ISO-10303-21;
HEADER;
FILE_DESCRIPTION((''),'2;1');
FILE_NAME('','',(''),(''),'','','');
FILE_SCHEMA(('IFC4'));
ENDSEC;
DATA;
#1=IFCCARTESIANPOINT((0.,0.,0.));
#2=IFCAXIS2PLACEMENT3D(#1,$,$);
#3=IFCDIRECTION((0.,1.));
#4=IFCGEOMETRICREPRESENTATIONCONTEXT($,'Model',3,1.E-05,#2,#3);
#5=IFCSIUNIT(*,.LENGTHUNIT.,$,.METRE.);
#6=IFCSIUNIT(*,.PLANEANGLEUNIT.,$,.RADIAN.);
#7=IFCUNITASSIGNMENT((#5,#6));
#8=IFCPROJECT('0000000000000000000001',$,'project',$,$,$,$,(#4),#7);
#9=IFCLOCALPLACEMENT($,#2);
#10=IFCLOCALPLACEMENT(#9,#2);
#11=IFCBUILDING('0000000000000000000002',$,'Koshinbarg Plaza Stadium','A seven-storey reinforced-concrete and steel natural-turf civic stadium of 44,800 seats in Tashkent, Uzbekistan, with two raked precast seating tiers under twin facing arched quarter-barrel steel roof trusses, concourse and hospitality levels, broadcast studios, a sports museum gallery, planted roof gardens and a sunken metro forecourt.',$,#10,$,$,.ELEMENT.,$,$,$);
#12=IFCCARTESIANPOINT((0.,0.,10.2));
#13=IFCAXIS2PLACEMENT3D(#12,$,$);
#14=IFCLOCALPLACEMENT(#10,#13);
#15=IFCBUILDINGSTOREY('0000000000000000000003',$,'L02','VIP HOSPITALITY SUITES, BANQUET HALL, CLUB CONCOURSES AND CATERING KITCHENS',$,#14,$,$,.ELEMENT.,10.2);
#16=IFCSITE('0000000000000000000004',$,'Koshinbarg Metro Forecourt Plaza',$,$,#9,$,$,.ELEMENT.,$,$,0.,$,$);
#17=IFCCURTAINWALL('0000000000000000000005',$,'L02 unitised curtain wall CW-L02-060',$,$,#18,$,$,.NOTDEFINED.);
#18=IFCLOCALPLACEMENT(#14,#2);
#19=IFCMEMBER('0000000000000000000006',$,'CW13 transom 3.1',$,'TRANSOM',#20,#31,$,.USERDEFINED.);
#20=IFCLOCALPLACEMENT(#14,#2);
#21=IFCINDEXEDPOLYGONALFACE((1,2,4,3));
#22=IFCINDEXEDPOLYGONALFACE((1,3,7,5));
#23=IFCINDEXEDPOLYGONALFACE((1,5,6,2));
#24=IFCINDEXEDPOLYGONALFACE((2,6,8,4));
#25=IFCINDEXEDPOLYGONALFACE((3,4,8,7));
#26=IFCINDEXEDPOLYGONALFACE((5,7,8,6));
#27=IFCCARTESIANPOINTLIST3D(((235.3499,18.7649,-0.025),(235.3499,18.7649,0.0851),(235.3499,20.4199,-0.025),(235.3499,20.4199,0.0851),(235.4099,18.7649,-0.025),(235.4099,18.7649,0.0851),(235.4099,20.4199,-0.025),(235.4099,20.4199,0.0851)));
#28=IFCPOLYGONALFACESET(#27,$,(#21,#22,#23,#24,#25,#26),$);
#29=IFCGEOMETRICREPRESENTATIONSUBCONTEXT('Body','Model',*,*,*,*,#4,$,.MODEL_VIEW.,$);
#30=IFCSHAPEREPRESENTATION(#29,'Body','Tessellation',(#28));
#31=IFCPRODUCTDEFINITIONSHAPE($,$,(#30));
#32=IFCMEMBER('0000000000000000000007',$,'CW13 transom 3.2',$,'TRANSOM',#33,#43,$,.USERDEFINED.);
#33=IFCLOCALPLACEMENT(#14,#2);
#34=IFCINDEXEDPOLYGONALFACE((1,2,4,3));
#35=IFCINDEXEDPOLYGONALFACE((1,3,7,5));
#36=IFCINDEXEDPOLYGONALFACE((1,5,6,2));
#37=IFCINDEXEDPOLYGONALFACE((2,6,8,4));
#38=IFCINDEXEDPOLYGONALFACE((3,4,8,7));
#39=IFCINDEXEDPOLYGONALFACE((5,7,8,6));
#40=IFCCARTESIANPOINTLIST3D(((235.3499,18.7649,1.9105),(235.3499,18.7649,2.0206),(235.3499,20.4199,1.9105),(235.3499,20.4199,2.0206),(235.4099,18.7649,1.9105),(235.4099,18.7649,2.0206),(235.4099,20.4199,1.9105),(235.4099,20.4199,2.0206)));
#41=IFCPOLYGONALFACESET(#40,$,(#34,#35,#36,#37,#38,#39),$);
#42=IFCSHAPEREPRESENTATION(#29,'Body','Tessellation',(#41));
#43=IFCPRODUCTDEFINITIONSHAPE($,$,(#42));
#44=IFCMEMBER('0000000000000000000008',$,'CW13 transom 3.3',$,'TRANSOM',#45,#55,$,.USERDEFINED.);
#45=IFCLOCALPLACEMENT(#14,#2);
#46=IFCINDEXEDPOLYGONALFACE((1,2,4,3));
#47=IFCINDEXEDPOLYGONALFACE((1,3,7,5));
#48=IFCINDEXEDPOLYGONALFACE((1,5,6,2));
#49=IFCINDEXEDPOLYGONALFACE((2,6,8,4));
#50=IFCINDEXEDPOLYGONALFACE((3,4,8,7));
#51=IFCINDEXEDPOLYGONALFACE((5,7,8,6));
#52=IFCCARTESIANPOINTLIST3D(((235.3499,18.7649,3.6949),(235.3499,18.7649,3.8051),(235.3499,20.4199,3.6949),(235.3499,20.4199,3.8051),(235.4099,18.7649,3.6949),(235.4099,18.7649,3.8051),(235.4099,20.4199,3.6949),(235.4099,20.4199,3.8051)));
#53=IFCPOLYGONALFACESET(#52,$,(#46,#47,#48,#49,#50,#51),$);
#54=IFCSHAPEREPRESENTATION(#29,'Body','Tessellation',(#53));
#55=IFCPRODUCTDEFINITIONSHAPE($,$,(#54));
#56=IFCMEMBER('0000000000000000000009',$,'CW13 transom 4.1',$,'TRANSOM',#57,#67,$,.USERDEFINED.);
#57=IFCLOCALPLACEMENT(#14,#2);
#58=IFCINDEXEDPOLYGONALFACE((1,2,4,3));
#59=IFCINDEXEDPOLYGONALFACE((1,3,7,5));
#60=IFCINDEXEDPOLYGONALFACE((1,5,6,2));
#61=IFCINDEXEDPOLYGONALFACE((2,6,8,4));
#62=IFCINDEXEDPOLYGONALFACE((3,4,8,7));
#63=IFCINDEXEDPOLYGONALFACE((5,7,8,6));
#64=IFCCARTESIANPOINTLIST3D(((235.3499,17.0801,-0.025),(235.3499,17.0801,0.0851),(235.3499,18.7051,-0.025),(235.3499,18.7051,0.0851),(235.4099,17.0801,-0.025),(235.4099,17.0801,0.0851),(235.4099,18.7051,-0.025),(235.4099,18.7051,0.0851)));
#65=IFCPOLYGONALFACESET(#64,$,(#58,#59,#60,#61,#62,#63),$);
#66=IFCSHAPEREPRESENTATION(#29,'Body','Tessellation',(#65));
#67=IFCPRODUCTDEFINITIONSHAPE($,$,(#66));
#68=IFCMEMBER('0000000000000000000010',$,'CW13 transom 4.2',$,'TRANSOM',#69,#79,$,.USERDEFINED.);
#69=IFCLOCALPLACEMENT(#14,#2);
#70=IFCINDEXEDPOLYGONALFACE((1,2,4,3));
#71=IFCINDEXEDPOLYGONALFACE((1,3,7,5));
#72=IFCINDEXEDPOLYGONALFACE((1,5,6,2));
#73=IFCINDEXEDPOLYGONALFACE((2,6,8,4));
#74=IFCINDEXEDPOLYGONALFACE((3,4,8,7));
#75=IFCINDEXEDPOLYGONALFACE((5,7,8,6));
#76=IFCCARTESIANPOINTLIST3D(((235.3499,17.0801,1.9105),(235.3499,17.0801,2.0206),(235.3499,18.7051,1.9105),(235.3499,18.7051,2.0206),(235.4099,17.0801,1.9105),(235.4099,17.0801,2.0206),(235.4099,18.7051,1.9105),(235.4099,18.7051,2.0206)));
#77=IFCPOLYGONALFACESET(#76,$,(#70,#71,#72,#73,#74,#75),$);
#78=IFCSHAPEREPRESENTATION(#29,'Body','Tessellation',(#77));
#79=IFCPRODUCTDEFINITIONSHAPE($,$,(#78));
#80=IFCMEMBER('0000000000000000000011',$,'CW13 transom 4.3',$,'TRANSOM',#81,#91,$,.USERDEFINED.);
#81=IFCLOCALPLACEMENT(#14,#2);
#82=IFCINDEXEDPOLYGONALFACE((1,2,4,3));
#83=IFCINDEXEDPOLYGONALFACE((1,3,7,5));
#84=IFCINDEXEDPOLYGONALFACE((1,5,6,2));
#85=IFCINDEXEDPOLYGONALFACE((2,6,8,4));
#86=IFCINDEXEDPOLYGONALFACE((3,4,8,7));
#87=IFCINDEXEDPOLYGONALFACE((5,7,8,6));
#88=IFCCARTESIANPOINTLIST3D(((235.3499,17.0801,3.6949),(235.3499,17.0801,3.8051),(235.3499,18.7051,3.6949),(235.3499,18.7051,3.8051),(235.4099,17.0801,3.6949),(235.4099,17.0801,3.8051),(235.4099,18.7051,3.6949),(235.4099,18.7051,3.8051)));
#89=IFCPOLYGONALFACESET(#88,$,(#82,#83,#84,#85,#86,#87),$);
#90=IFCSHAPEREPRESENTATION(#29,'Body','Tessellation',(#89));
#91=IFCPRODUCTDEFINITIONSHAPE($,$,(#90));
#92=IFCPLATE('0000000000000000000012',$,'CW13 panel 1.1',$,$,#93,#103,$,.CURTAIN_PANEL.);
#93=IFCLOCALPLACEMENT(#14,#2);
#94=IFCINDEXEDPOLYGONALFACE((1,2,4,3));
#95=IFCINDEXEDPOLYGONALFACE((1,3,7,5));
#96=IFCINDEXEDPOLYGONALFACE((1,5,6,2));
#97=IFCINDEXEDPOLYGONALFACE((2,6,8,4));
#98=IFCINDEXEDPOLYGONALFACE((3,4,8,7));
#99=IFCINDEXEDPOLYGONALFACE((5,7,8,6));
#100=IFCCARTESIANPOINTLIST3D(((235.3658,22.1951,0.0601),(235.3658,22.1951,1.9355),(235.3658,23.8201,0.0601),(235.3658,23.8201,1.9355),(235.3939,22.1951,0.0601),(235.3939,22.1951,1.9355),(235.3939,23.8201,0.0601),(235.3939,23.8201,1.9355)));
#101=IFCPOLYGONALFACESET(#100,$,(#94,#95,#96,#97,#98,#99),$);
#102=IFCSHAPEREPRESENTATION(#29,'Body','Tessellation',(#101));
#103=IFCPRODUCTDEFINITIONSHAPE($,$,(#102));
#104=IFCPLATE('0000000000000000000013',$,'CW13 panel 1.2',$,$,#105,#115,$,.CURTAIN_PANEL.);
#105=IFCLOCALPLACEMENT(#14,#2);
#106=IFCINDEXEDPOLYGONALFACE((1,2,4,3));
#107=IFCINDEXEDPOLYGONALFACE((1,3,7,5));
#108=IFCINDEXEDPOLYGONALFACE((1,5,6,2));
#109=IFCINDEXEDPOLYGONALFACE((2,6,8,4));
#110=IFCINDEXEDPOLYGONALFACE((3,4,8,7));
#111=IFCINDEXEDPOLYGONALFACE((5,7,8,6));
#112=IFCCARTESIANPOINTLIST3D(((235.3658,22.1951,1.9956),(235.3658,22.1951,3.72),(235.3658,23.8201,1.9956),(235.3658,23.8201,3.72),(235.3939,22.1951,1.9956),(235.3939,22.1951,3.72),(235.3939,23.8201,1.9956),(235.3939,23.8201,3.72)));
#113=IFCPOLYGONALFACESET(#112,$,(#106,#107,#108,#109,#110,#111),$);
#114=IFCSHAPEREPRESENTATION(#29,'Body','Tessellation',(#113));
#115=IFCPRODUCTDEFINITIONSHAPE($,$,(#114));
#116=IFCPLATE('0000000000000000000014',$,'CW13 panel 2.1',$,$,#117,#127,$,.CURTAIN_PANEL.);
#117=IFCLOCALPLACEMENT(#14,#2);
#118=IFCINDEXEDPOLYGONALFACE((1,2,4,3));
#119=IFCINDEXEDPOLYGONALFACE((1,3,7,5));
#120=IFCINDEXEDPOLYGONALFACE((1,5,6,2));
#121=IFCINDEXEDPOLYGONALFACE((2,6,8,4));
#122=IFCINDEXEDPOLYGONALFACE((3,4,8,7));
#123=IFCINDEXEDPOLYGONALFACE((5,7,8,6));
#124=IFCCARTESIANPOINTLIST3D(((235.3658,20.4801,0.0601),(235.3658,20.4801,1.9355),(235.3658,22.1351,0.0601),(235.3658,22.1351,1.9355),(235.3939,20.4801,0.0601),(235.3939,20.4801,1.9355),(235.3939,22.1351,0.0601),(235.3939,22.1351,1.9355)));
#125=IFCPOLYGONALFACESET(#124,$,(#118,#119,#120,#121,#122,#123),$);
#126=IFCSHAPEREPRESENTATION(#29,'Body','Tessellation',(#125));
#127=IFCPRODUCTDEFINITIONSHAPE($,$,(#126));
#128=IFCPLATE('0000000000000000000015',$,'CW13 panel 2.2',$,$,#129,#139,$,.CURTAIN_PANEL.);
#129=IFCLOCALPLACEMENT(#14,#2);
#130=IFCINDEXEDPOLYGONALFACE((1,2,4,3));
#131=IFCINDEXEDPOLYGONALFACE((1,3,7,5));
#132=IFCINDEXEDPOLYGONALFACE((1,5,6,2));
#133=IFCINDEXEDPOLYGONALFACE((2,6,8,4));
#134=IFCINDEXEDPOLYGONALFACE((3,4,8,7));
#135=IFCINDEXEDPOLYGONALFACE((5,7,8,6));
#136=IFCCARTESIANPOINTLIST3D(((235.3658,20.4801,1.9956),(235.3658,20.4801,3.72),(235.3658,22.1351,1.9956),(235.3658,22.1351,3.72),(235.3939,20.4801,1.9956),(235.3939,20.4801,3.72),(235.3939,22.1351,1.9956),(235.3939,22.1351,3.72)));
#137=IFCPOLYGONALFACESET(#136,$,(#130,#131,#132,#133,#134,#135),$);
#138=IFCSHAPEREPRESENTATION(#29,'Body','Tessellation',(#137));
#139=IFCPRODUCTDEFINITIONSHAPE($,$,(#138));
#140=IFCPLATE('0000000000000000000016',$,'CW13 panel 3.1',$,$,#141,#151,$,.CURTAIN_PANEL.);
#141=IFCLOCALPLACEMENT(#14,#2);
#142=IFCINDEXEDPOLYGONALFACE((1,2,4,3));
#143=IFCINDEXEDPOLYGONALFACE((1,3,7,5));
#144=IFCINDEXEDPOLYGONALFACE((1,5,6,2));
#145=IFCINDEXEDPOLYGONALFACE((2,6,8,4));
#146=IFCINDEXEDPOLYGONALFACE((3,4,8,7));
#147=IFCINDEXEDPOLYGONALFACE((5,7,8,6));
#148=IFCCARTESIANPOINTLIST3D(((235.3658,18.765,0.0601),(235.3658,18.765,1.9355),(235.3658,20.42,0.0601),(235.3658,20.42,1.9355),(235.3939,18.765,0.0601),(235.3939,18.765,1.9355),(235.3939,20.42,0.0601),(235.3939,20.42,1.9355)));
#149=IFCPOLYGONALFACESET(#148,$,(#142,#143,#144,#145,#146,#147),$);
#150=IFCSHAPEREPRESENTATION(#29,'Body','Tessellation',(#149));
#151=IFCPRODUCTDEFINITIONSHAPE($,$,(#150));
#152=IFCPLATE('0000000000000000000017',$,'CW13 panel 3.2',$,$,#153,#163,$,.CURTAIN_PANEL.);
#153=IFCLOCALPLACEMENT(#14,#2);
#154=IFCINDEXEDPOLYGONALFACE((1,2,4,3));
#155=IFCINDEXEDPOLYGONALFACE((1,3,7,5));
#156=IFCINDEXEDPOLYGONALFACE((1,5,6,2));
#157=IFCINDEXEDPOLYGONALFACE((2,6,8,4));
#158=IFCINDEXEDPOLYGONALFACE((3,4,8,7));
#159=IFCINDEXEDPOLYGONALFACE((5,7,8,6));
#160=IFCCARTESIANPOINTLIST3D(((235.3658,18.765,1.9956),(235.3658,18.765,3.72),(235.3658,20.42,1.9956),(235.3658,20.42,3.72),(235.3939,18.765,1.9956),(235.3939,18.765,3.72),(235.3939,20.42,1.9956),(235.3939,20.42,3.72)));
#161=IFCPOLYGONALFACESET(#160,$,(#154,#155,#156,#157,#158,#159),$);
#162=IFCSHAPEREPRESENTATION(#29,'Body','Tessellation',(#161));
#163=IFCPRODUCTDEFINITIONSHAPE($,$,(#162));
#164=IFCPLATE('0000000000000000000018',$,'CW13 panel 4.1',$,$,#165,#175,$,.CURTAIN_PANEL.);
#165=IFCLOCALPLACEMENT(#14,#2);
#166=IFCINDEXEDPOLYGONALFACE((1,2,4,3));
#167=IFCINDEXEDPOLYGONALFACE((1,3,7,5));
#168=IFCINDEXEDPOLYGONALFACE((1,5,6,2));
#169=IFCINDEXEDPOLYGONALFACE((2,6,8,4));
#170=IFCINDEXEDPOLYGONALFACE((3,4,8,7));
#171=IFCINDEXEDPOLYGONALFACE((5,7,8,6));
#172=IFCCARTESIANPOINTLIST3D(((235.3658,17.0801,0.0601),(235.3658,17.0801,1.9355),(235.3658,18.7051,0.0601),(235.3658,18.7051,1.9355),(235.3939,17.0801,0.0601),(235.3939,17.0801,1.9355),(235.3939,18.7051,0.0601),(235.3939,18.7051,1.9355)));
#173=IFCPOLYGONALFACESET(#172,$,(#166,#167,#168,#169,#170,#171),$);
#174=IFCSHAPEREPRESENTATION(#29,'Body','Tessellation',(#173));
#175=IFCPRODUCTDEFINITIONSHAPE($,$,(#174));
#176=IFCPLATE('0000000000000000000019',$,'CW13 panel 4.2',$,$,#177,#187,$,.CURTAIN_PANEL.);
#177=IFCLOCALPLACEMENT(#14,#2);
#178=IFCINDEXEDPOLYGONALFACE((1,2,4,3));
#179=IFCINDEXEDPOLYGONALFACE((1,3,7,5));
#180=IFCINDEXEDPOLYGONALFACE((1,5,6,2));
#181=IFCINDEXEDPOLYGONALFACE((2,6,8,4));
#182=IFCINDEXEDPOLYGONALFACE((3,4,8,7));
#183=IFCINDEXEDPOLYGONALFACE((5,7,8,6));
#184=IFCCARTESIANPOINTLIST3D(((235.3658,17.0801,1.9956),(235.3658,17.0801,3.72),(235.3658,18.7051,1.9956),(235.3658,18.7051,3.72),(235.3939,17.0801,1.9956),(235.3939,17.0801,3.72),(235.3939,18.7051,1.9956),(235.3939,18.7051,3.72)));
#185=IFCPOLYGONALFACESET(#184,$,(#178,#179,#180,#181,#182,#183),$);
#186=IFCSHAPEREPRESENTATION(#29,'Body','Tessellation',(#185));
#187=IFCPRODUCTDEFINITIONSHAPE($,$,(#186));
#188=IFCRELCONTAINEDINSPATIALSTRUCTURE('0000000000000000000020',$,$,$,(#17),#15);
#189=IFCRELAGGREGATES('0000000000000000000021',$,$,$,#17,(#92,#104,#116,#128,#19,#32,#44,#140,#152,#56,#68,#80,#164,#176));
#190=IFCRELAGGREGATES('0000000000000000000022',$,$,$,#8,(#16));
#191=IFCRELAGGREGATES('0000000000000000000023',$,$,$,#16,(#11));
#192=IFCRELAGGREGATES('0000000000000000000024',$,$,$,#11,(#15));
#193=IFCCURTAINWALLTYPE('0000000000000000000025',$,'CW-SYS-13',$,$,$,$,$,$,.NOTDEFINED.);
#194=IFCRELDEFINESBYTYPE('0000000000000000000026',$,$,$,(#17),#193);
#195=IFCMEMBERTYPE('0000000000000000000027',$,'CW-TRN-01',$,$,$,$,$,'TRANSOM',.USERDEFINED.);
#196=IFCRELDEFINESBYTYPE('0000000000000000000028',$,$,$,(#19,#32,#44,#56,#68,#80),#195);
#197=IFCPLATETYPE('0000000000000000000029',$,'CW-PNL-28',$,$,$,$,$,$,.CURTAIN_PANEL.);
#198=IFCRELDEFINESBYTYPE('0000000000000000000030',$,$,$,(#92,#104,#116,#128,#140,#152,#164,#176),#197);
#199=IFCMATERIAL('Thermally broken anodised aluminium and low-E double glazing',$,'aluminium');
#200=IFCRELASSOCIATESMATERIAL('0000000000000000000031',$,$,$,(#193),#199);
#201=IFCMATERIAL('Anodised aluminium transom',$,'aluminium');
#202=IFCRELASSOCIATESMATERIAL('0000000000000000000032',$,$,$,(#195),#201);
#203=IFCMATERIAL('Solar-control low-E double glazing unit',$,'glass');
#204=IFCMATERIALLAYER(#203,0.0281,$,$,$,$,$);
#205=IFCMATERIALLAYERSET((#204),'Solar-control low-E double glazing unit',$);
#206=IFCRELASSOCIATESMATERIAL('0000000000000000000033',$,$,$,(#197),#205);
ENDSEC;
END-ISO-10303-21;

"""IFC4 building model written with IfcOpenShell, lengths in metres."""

from ifc_helpers import new_model, si_unit, direction, frame, origin, origin_2d, place, context, subcontext, project, spatial, rectangle, extrude, material, layer, layer_set, material_profile, profile_set, type_object, element, aggregate, save


model = new_model("IFC4")

# Units and contexts
model_context = context("Model", 3, precision=1e-05, world=origin(), true_north=direction((0.0, 1.0)))
body_context = subcontext(model_context, "Body", "Model", "MODEL_VIEW")
ifc_project = project(units=[si_unit("LENGTHUNIT", "METRE"), si_unit("PLANEANGLEUNIT", "RADIAN")], contexts=[model_context])

# Site, building, storey
site_placement = place(None, origin())
site = spatial("IfcSite", under=ifc_project, at=site_placement, Name="Koshinbarg Metro Forecourt Plaza", CompositionType="ELEMENT", RefElevation=0.0)
building_placement = place(site_placement, origin())
building = spatial("IfcBuilding", under=site, at=building_placement, Name="Koshinbarg Plaza Stadium", Description="A seven-storey reinforced-concrete and steel natural-turf civic stadium of 44,800 seats in Tashkent, Uzbekistan, with two raked precast seating tiers under twin facing arched quarter-barrel steel roof trusses, concourse and hospitality levels, broadcast studios, a sports museum gallery, planted roof gardens and a sunken metro forecourt.", CompositionType="ELEMENT")
storey_placement = place(building_placement, frame((0.0, 0.0, 10.2)))
storey = spatial("IfcBuildingStorey", under=building, at=storey_placement, Name="L02", Description="VIP HOSPITALITY SUITES, BANQUET HALL, CLUB CONCOURSES AND CATERING KITCHENS", CompositionType="ELEMENT", Elevation=10.2)

# Curtain wall, members, plates
ifc_material_1 = material(Name="Thermally broken anodised aluminium and low-E double glazing", Category="aluminium")
curtain_wall_type = type_object("IfcCurtainWallType", Name="CW-SYS-13", PredefinedType="NOTDEFINED", material=ifc_material_1)
curtain_wall_placement = place(storey_placement, origin())
curtain_wall = element("IfcCurtainWall", 1, at=curtain_wall_placement, inside=storey, type_object=curtain_wall_type, Name="L02 unitised curtain wall CW-L02-060", PredefinedType="NOTDEFINED")
ifc_material_2 = material(Name="Anodised aluminium transom", Category="aluminium")
ifc_material_profile_1 = material_profile(ifc_material_2, rectangle(XDim=0.0601, YDim=0.1101, at=origin_2d()), Name="ALU 60x110")
ifc_profile_set_1 = profile_set([ifc_material_profile_1], Name="Anodised aluminium transom")
member_type_1 = type_object("IfcMemberType", Name="CW-TRN-01", ElementType="TRANSOM", PredefinedType="USERDEFINED", material=ifc_profile_set_1)
member_1_placement = place(storey_placement, frame((235.3799, 20.4199, 0.03), z_axis=(0.0, -1.0, 0.0), x_axis=(1.0, 0.0, 0.0)))
member_1 = element("IfcMember", 2, at=member_1_placement, type_object=member_type_1, Name="CW13 transom 3.1", ObjectType="TRANSOM", PredefinedType="USERDEFINED", context=body_context, shape_type="SweptSolid", body=[
    extrude(rectangle(XDim=0.0601, YDim=0.1101, at=origin_2d()), origin(), (0.0, 0.0, 1.0), 1.655),
])
member_2_placement = place(storey_placement, frame((235.3799, 20.4199, 1.9656), z_axis=(0.0, -1.0, 0.0), x_axis=(1.0, 0.0, 0.0)))
member_2 = element("IfcMember", 3, at=member_2_placement, type_object=member_type_1, Name="CW13 transom 3.2", ObjectType="TRANSOM", PredefinedType="USERDEFINED", context=body_context, shape_type="SweptSolid", body=[
    extrude(rectangle(XDim=0.0601, YDim=0.1101, at=origin_2d()), origin(), (0.0, 0.0, 1.0), 1.655),
])
member_3_placement = place(storey_placement, frame((235.3799, 20.4199, 3.75), z_axis=(0.0, -1.0, 0.0), x_axis=(1.0, 0.0, 0.0)))
member_3 = element("IfcMember", 4, at=member_3_placement, type_object=member_type_1, Name="CW13 transom 3.3", ObjectType="TRANSOM", PredefinedType="USERDEFINED", context=body_context, shape_type="SweptSolid", body=[
    extrude(rectangle(XDim=0.0601, YDim=0.1101, at=origin_2d()), origin(), (0.0, 0.0, 1.0), 1.655),
])
member_4_placement = place(storey_placement, frame((235.3799, 18.7051, 0.03), z_axis=(0.0, -1.0, 0.0), x_axis=(1.0, 0.0, 0.0)))
member_4 = element("IfcMember", 5, at=member_4_placement, type_object=member_type_1, Name="CW13 transom 4.1", ObjectType="TRANSOM", PredefinedType="USERDEFINED", context=body_context, shape_type="SweptSolid", body=[
    extrude(rectangle(XDim=0.0601, YDim=0.1101, at=origin_2d()), origin(), (0.0, 0.0, 1.0), 1.625),
])
member_5_placement = place(storey_placement, frame((235.3799, 18.7051, 1.9656), z_axis=(0.0, -1.0, 0.0), x_axis=(1.0, 0.0, 0.0)))
member_5 = element("IfcMember", 6, at=member_5_placement, type_object=member_type_1, Name="CW13 transom 4.2", ObjectType="TRANSOM", PredefinedType="USERDEFINED", context=body_context, shape_type="SweptSolid", body=[
    extrude(rectangle(XDim=0.0601, YDim=0.1101, at=origin_2d()), origin(), (0.0, 0.0, 1.0), 1.625),
])
member_6_placement = place(storey_placement, frame((235.3799, 18.7051, 3.75), z_axis=(0.0, -1.0, 0.0), x_axis=(1.0, 0.0, 0.0)))
member_6 = element("IfcMember", 7, at=member_6_placement, type_object=member_type_1, Name="CW13 transom 4.3", ObjectType="TRANSOM", PredefinedType="USERDEFINED", context=body_context, shape_type="SweptSolid", body=[
    extrude(rectangle(XDim=0.0601, YDim=0.1101, at=origin_2d()), origin(), (0.0, 0.0, 1.0), 1.625),
])
ifc_material_3 = material(Name="Solar-control low-E double glazing unit", Category="glass")
ifc_layer_1 = layer(ifc_material_3, 0.0281)
ifc_layer_set_1 = layer_set([ifc_layer_1], Name="Solar-control low-E double glazing unit")
plate_type = type_object("IfcPlateType", Name="CW-PNL-28", PredefinedType="CURTAIN_PANEL", material=ifc_layer_set_1)
plate_1_placement = place(storey_placement, frame((235.3799, 23.0076, 0.0601), z_axis=(0.0, 0.0, 1.0), x_axis=(0.0, -1.0, 0.0)))
plate_1 = element("IfcPlate", 8, at=plate_1_placement, type_object=plate_type, Name="CW13 panel 1.1", PredefinedType="CURTAIN_PANEL", context=body_context, shape_type="SweptSolid", body=[
    extrude(rectangle(XDim=1.625, YDim=0.0281, at=origin_2d()), origin(), (0.0, 0.0, 1.0), 1.8755),
])
plate_2_placement = place(storey_placement, frame((235.3799, 23.0076, 1.9956), z_axis=(0.0, 0.0, 1.0), x_axis=(0.0, -1.0, 0.0)))
plate_2 = element("IfcPlate", 9, at=plate_2_placement, type_object=plate_type, Name="CW13 panel 1.2", PredefinedType="CURTAIN_PANEL", context=body_context, shape_type="SweptSolid", body=[
    extrude(rectangle(XDim=1.625, YDim=0.0281, at=origin_2d()), origin(), (0.0, 0.0, 1.0), 1.7244),
])
plate_3_placement = place(storey_placement, frame((235.3799, 21.3076, 0.0601), z_axis=(0.0, 0.0, 1.0), x_axis=(0.0, -1.0, 0.0)))
plate_3 = element("IfcPlate", 10, at=plate_3_placement, type_object=plate_type, Name="CW13 panel 2.1", PredefinedType="CURTAIN_PANEL", context=body_context, shape_type="SweptSolid", body=[
    extrude(rectangle(XDim=1.655, YDim=0.0281, at=origin_2d()), origin(), (0.0, 0.0, 1.0), 1.8755),
])
plate_4_placement = place(storey_placement, frame((235.3799, 21.3076, 1.9956), z_axis=(0.0, 0.0, 1.0), x_axis=(0.0, -1.0, 0.0)))
plate_4 = element("IfcPlate", 11, at=plate_4_placement, type_object=plate_type, Name="CW13 panel 2.2", PredefinedType="CURTAIN_PANEL", context=body_context, shape_type="SweptSolid", body=[
    extrude(rectangle(XDim=1.655, YDim=0.0281, at=origin_2d()), origin(), (0.0, 0.0, 1.0), 1.7244),
])
plate_5_placement = place(storey_placement, frame((235.3799, 19.5925, 0.0601), z_axis=(0.0, 0.0, 1.0), x_axis=(0.0, -1.0, 0.0)))
plate_5 = element("IfcPlate", 12, at=plate_5_placement, type_object=plate_type, Name="CW13 panel 3.1", PredefinedType="CURTAIN_PANEL", context=body_context, shape_type="SweptSolid", body=[
    extrude(rectangle(XDim=1.655, YDim=0.0281, at=origin_2d()), origin(), (0.0, 0.0, 1.0), 1.8755),
])
plate_6_placement = place(storey_placement, frame((235.3799, 19.5925, 1.9956), z_axis=(0.0, 0.0, 1.0), x_axis=(0.0, -1.0, 0.0)))
plate_6 = element("IfcPlate", 13, at=plate_6_placement, type_object=plate_type, Name="CW13 panel 3.2", PredefinedType="CURTAIN_PANEL", context=body_context, shape_type="SweptSolid", body=[
    extrude(rectangle(XDim=1.655, YDim=0.0281, at=origin_2d()), origin(), (0.0, 0.0, 1.0), 1.7244),
])
plate_7_placement = place(storey_placement, frame((235.3799, 17.8926, 0.0601), z_axis=(0.0, 0.0, 1.0), x_axis=(0.0, -1.0, 0.0)))
plate_7 = element("IfcPlate", 14, at=plate_7_placement, type_object=plate_type, Name="CW13 panel 4.1", PredefinedType="CURTAIN_PANEL", context=body_context, shape_type="SweptSolid", body=[
    extrude(rectangle(XDim=1.625, YDim=0.0281, at=origin_2d()), origin(), (0.0, 0.0, 1.0), 1.8755),
])
plate_8_placement = place(storey_placement, frame((235.3799, 17.8926, 1.9956), z_axis=(0.0, 0.0, 1.0), x_axis=(0.0, -1.0, 0.0)))
plate_8 = element("IfcPlate", 15, at=plate_8_placement, type_object=plate_type, Name="CW13 panel 4.2", PredefinedType="CURTAIN_PANEL", context=body_context, shape_type="SweptSolid", body=[
    extrude(rectangle(XDim=1.625, YDim=0.0281, at=origin_2d()), origin(), (0.0, 0.0, 1.0), 1.7244),
])
aggregate(curtain_wall, [plate_1, plate_2, plate_3, plate_4, member_1, member_2, member_3, plate_5, plate_6, member_4, member_5, member_6, plate_7, plate_8])

save(model, "model.ifc")
